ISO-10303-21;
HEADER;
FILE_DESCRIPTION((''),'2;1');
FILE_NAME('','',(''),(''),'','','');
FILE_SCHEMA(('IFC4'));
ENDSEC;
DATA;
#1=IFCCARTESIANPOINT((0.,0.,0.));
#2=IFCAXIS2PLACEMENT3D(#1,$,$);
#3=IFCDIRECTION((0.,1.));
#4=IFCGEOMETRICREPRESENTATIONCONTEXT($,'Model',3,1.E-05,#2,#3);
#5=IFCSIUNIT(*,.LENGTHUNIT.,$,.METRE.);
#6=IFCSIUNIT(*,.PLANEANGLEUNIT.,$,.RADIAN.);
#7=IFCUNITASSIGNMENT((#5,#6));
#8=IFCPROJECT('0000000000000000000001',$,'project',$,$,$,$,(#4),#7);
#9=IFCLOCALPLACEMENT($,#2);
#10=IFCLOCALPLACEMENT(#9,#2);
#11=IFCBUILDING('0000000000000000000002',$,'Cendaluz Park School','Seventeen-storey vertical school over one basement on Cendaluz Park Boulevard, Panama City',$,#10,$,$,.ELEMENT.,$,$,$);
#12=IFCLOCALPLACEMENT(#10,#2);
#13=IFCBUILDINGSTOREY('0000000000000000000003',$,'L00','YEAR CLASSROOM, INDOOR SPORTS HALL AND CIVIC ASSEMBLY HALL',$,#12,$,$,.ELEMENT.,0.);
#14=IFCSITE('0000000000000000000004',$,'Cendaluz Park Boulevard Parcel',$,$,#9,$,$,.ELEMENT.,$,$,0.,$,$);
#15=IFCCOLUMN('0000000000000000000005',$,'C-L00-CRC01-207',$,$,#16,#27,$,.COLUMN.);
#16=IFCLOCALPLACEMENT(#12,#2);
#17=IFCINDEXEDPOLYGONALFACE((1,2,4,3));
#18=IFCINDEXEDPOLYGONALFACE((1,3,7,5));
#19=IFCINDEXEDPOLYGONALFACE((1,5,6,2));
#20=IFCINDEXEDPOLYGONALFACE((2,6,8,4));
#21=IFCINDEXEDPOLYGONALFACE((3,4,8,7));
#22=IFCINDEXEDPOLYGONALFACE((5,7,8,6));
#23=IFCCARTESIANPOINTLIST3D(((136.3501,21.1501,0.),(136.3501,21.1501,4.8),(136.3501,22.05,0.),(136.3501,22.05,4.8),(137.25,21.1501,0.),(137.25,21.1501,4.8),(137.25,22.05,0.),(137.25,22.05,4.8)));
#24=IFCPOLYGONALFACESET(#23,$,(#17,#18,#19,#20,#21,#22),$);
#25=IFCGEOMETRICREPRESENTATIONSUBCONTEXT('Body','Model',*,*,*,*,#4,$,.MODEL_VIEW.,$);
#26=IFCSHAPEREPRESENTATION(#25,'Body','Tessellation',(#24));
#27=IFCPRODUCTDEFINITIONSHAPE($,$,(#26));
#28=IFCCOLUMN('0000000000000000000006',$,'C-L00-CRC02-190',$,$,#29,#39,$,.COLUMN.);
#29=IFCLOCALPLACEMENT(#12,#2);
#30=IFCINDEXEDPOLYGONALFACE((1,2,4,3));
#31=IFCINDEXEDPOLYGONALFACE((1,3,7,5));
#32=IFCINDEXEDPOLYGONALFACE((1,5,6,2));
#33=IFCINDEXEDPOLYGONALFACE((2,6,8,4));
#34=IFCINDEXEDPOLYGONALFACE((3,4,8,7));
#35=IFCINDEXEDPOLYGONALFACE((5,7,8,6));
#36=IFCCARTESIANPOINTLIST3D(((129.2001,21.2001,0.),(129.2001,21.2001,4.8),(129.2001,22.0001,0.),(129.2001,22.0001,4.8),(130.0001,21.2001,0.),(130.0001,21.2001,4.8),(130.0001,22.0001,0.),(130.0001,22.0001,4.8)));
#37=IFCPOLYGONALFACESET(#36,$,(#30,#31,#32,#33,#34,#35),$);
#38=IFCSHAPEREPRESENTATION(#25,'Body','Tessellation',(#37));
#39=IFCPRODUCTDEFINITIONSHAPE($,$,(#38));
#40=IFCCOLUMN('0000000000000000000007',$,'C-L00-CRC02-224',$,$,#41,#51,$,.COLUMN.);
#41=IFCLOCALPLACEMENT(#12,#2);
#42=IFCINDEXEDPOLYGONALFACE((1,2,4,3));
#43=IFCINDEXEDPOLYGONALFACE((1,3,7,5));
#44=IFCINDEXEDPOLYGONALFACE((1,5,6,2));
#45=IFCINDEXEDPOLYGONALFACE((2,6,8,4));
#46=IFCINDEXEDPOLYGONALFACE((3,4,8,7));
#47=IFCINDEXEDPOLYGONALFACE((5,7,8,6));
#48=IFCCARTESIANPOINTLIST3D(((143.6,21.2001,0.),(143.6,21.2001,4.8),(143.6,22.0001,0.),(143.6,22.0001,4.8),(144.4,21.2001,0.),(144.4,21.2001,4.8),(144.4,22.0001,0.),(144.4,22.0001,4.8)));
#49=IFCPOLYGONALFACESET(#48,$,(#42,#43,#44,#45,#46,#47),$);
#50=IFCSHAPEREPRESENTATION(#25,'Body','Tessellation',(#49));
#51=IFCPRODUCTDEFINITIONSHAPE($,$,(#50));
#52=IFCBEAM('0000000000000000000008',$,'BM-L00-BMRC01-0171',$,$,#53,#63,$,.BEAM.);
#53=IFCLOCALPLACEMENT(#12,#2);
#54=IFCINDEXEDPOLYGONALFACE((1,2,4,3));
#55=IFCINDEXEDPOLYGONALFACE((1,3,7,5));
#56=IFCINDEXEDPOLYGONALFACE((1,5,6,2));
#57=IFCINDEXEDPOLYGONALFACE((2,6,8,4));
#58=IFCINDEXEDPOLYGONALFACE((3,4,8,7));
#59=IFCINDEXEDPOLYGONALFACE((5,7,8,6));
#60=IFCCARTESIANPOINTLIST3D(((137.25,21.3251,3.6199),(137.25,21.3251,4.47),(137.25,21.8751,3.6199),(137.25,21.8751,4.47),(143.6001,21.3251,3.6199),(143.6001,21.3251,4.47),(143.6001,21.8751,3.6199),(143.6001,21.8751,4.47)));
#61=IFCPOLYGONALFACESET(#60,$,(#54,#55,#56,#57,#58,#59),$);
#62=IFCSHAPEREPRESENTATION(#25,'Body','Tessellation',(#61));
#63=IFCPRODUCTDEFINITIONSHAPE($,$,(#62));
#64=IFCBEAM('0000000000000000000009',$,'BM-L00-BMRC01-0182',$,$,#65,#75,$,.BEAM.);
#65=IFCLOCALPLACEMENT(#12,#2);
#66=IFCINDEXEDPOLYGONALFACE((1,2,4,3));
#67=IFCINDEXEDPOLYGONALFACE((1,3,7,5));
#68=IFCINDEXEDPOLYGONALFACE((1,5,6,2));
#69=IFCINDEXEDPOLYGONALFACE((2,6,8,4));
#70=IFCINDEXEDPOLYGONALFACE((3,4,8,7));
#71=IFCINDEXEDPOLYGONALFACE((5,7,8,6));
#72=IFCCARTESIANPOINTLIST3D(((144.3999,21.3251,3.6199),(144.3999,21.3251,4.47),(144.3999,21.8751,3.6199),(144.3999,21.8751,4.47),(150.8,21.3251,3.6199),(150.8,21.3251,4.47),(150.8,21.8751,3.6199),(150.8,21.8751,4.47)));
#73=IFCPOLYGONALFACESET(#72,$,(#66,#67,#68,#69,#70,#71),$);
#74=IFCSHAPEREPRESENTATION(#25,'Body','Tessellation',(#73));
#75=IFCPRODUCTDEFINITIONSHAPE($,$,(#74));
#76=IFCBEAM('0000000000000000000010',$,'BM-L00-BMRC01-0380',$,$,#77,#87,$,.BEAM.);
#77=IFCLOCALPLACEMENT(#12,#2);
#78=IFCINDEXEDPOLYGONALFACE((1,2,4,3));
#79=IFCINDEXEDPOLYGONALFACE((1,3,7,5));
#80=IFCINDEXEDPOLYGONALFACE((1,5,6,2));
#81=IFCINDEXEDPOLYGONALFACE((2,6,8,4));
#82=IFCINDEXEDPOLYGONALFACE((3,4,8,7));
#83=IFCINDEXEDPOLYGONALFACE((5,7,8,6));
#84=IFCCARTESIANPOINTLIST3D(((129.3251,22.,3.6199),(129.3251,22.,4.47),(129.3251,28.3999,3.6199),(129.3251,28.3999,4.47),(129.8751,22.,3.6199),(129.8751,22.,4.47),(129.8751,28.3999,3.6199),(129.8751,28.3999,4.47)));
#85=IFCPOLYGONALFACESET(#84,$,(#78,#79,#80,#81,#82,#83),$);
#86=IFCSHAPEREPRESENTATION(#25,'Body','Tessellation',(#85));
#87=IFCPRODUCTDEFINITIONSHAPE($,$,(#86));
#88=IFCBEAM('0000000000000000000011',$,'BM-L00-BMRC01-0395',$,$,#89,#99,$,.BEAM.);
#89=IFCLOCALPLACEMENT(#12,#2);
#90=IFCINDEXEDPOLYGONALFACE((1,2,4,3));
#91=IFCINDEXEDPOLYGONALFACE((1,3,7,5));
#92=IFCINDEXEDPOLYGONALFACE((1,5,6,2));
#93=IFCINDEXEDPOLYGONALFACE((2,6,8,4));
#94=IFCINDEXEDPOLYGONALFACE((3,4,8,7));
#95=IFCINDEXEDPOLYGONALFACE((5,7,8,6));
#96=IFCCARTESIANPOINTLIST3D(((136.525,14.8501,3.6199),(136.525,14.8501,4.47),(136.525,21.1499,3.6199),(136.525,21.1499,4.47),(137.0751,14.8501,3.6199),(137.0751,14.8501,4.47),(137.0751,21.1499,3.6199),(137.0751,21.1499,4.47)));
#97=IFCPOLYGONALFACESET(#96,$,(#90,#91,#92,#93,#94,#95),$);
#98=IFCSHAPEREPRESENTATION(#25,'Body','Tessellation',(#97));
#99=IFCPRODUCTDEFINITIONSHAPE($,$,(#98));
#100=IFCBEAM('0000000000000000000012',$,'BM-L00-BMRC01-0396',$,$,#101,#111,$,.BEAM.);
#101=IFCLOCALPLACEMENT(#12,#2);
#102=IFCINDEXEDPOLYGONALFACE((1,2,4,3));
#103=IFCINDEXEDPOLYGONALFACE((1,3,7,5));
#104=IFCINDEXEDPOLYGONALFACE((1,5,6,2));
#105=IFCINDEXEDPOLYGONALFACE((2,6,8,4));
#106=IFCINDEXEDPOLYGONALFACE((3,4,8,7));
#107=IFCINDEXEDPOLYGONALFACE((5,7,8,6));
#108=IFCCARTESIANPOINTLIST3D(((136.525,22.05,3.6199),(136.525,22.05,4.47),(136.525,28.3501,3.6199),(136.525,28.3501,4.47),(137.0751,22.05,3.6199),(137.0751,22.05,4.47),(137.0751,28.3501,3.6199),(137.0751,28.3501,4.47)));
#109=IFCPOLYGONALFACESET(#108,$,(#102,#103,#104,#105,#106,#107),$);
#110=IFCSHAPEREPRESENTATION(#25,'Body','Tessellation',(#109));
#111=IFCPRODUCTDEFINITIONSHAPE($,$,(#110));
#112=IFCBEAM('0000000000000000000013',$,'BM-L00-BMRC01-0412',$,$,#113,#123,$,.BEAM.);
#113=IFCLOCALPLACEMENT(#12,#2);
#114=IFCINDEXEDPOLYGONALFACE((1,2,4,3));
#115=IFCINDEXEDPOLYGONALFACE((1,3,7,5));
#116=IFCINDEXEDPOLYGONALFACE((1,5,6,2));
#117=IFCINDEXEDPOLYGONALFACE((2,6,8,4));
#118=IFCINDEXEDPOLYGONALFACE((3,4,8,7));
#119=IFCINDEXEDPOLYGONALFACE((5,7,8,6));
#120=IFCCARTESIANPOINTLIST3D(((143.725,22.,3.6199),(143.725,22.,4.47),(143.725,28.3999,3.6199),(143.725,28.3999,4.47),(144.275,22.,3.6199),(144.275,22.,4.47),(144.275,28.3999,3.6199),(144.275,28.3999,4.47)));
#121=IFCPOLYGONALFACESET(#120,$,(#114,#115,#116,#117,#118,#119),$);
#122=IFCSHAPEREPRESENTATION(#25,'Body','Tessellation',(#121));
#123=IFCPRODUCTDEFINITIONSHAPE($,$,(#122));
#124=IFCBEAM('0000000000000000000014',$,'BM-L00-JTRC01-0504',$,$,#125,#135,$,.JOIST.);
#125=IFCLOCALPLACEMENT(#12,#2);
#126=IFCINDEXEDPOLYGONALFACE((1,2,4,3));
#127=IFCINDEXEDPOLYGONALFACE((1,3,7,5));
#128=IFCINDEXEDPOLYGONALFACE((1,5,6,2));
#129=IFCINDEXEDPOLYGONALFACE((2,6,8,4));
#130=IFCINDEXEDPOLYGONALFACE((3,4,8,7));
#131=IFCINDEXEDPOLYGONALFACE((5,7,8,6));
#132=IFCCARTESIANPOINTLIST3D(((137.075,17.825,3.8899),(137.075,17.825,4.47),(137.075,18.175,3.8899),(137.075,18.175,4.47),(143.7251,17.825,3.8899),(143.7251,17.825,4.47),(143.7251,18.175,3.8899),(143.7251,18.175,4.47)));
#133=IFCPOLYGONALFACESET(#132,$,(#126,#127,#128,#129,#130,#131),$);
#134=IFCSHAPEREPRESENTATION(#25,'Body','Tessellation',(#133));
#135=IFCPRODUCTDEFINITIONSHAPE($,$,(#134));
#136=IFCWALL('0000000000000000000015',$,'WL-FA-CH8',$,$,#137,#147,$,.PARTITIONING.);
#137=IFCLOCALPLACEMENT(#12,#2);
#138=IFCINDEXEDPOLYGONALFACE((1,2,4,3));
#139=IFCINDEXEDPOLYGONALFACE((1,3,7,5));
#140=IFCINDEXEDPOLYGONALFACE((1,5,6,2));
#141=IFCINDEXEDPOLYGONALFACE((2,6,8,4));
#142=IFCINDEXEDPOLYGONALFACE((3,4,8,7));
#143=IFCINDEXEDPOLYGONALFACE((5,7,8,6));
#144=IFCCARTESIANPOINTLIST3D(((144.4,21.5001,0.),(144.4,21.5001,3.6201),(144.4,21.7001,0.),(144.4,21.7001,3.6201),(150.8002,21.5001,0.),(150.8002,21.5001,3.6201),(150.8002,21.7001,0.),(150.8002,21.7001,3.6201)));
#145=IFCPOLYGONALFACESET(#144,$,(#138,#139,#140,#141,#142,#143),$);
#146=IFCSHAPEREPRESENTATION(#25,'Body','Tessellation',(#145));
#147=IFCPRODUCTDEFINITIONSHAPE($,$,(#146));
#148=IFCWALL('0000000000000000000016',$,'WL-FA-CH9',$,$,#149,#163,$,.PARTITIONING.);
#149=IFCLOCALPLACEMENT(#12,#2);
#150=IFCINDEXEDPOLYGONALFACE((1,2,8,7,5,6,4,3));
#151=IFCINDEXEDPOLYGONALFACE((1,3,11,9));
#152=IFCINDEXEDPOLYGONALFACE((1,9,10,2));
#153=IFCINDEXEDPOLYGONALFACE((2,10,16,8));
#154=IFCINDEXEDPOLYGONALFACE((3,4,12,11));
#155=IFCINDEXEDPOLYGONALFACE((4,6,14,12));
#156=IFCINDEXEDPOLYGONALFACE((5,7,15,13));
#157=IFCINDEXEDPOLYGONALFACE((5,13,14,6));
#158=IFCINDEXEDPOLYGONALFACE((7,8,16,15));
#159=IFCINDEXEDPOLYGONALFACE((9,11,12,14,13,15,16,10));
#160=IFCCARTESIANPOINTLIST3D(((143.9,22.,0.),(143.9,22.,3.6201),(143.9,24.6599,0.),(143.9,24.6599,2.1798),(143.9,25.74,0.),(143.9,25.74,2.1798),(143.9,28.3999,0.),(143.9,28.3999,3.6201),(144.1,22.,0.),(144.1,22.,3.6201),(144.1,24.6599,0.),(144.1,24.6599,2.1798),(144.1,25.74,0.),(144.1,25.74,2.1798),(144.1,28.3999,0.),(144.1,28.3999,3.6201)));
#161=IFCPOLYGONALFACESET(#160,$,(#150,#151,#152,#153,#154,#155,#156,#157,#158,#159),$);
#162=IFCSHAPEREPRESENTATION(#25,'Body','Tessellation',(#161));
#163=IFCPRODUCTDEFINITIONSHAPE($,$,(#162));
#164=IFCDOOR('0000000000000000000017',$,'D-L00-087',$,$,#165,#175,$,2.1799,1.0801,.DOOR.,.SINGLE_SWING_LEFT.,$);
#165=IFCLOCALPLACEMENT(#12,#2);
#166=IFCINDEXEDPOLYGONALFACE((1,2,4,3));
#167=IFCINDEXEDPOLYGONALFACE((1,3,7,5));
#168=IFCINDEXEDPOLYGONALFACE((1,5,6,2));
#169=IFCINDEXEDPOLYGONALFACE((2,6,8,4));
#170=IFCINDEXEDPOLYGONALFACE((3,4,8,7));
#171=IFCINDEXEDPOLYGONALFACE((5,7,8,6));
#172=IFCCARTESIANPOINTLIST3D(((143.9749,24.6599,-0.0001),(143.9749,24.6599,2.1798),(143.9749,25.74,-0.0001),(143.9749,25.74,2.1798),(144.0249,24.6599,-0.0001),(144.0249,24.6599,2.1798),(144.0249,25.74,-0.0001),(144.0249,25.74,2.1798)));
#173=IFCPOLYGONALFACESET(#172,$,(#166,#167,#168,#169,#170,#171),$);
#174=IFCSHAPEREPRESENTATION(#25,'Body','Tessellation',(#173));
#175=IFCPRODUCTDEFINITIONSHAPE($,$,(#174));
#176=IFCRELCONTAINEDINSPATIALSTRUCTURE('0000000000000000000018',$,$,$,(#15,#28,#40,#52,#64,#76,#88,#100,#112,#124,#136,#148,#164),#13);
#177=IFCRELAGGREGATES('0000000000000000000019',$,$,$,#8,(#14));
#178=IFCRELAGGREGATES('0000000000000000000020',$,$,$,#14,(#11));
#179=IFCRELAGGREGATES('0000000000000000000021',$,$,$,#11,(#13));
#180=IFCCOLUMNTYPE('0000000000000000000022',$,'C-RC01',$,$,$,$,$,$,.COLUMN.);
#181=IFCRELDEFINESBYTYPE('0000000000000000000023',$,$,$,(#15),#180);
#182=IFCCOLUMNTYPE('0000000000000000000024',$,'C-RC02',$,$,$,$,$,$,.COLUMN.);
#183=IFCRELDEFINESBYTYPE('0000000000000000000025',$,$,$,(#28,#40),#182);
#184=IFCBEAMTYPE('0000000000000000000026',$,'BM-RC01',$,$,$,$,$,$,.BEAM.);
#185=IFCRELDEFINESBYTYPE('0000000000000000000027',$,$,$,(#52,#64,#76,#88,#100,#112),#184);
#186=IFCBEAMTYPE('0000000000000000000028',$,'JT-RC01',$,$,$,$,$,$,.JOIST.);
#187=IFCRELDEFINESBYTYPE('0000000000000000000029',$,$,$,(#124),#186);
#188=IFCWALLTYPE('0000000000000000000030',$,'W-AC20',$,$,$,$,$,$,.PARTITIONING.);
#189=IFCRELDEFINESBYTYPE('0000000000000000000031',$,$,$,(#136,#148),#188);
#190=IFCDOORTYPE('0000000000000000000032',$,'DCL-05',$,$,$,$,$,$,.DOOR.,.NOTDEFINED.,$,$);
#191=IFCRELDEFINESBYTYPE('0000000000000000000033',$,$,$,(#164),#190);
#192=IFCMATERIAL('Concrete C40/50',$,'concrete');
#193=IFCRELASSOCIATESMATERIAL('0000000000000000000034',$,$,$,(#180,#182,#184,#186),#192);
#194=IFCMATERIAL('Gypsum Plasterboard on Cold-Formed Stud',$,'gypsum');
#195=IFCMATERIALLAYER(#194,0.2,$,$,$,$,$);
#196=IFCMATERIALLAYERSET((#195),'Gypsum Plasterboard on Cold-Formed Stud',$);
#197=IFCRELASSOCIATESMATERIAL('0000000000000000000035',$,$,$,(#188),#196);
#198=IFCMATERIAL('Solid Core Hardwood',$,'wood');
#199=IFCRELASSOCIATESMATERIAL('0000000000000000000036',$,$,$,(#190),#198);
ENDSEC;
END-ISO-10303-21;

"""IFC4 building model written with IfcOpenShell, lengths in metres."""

from ifc_helpers import new_model, si_unit, direction, frame, frame_2d, origin, origin_2d, place, context, subcontext, project, spatial, rectangle, extrude, material, layer, layer_set, material_profile, profile_set, type_object, element, fill, save


model = new_model("IFC4")

# Units and contexts
model_context = context("Model", 3, precision=1e-05, world=origin(), true_north=direction((0.0, 1.0)))
body_context = subcontext(model_context, "Body", "Model", "MODEL_VIEW")
ifc_project = project(units=[si_unit("LENGTHUNIT", "METRE"), si_unit("PLANEANGLEUNIT", "RADIAN")], contexts=[model_context])

# Site, building, storey
site_placement = place(None, origin())
site = spatial("IfcSite", under=ifc_project, at=site_placement, Name="Cendaluz Park Boulevard Parcel", CompositionType="ELEMENT", RefElevation=0.0)
building_placement = place(site_placement, origin())
building = spatial("IfcBuilding", under=site, at=building_placement, Name="Cendaluz Park School", Description="Seventeen-storey vertical school over one basement on Cendaluz Park Boulevard, Panama City", CompositionType="ELEMENT")
storey_placement = place(building_placement, origin())
storey = spatial("IfcBuildingStorey", under=building, at=storey_placement, Name="L00", Description="YEAR CLASSROOM, INDOOR SPORTS HALL AND CIVIC ASSEMBLY HALL", CompositionType="ELEMENT", Elevation=0.0)

# Columns
ifc_material_1 = material(Name="Concrete C40/50", Category="concrete")
ifc_material_profile_1 = material_profile(ifc_material_1, rectangle(XDim=0.8999, YDim=0.8999, at=origin_2d()), Name="RC 900x900", Category="concrete")
ifc_profile_set_1 = profile_set([ifc_material_profile_1], Name="Concrete C40/50")
column_type_1 = type_object("IfcColumnType", Name="C-RC01", PredefinedType="COLUMN", material=ifc_profile_set_1)
column_placement = place(storey_placement, frame((136.8, 21.6001, 0.0), z_axis=(0.0, 0.0, 1.0), x_axis=(1.0, 0.0, 0.0)))
element("IfcColumn", 1, at=column_placement, inside=storey, type_object=column_type_1, Name="C-L00-CRC01-207", PredefinedType="COLUMN", context=body_context, shape_type="SweptSolid", body=[
    extrude(rectangle(XDim=0.8999, YDim=0.8999, at=origin_2d()), origin(), (0.0, 0.0, 1.0), 4.8),
])
ifc_material_profile_2 = material_profile(ifc_material_1, rectangle(XDim=0.8, YDim=0.8, at=origin_2d()), Name="RC 800x800", Category="concrete")
ifc_profile_set_2 = profile_set([ifc_material_profile_2], Name="Concrete C40/50")
column_type_2 = type_object("IfcColumnType", Name="C-RC02", PredefinedType="COLUMN", material=ifc_profile_set_2)
for number, where, z_axis, x_axis, name in (
    (2, (129.6001, 21.6001, 0.0), (0.0, 0.0, 1.0), (1.0, 0.0, 0.0), "C-L00-CRC02-190"),
    (3, (144.0, 21.6001, 0.0), (0.0, 0.0, 1.0), (1.0, 0.0, 0.0), "C-L00-CRC02-224"),
):
    element("IfcColumn", number, at=place(storey_placement, frame(where, z_axis=z_axis, x_axis=x_axis)), inside=storey, type_object=column_type_2, Name=name, PredefinedType="COLUMN", context=body_context, shape_type="SweptSolid", body=[
        extrude(rectangle(XDim=0.8, YDim=0.8, at=origin_2d()), origin(), (0.0, 0.0, 1.0), 4.8),
    ])

# Beams
ifc_material_profile_3 = material_profile(ifc_material_1, rectangle(XDim=0.55, YDim=0.8501, at=origin_2d()), Name="RC 550x850", Category="concrete")
ifc_profile_set_3 = profile_set([ifc_material_profile_3], Name="Concrete C40/50")
beam_type_1 = type_object("IfcBeamType", Name="BM-RC01", PredefinedType="BEAM", material=ifc_profile_set_3)
beam_1_placement = place(storey_placement, frame((137.25, 21.6001, 4.0449), z_axis=(1.0, 0.0, 0.0), x_axis=(0.0, 1.0, 0.0)))
element("IfcBeam", 4, at=beam_1_placement, inside=storey, type_object=beam_type_1, Name="BM-L00-BMRC01-0171", PredefinedType="BEAM", context=body_context, shape_type="SweptSolid", body=[
    extrude(rectangle(XDim=0.55, YDim=0.8501, at=origin_2d()), origin(), (0.0, 0.0, 1.0), 6.3501),
])
beam_2_placement = place(storey_placement, frame((144.3999, 21.6001, 4.0449), z_axis=(1.0, 0.0, 0.0), x_axis=(0.0, 1.0, 0.0)))
element("IfcBeam", 5, at=beam_2_placement, inside=storey, type_object=beam_type_1, Name="BM-L00-BMRC01-0182", PredefinedType="BEAM", context=body_context, shape_type="SweptSolid", body=[
    extrude(rectangle(XDim=0.55, YDim=0.8501, at=origin_2d()), origin(), (0.0, 0.0, 1.0), 6.4001),
])
beam_3_placement = place(storey_placement, frame((129.6001, 22.0, 4.0449), z_axis=(0.0, 1.0, 0.0), x_axis=(-1.0, 0.0, 0.0)))
element("IfcBeam", 6, at=beam_3_placement, inside=storey, type_object=beam_type_1, Name="BM-L00-BMRC01-0380", PredefinedType="BEAM", context=body_context, shape_type="SweptSolid", body=[
    extrude(rectangle(XDim=0.55, YDim=0.8501, at=origin_2d()), origin(), (0.0, 0.0, 1.0), 6.3999),
])
beam_4_placement = place(storey_placement, frame((136.8, 14.8501, 4.0449), z_axis=(0.0, 1.0, 0.0), x_axis=(-1.0, 0.0, 0.0)))
element("IfcBeam", 7, at=beam_4_placement, inside=storey, type_object=beam_type_1, Name="BM-L00-BMRC01-0395", PredefinedType="BEAM", context=body_context, shape_type="SweptSolid", body=[
    extrude(rectangle(XDim=0.55, YDim=0.8501, at=origin_2d()), origin(), (0.0, 0.0, 1.0), 6.2998),
])
beam_5_placement = place(storey_placement, frame((136.8, 22.05, 4.0449), z_axis=(0.0, 1.0, 0.0), x_axis=(-1.0, 0.0, 0.0)))
element("IfcBeam", 8, at=beam_5_placement, inside=storey, type_object=beam_type_1, Name="BM-L00-BMRC01-0396", PredefinedType="BEAM", context=body_context, shape_type="SweptSolid", body=[
    extrude(rectangle(XDim=0.55, YDim=0.8501, at=origin_2d()), origin(), (0.0, 0.0, 1.0), 6.3),
])
beam_6_placement = place(storey_placement, frame((144.0, 22.0, 4.0449), z_axis=(0.0, 1.0, 0.0), x_axis=(-1.0, 0.0, 0.0)))
element("IfcBeam", 9, at=beam_6_placement, inside=storey, type_object=beam_type_1, Name="BM-L00-BMRC01-0412", PredefinedType="BEAM", context=body_context, shape_type="SweptSolid", body=[
    extrude(rectangle(XDim=0.55, YDim=0.8501, at=origin_2d()), origin(), (0.0, 0.0, 1.0), 6.3999),
])
ifc_material_profile_4 = material_profile(ifc_material_1, rectangle(XDim=0.3501, YDim=0.5801, at=origin_2d()), Name="RC 350x580", Category="concrete")
ifc_profile_set_4 = profile_set([ifc_material_profile_4], Name="Concrete C40/50")
beam_type_2 = type_object("IfcBeamType", Name="JT-RC01", PredefinedType="JOIST", material=ifc_profile_set_4)
beam_7_placement = place(storey_placement, frame((137.075, 18.0, 4.1799), z_axis=(1.0, 0.0, 0.0), x_axis=(0.0, 1.0, 0.0)))
element("IfcBeam", 10, at=beam_7_placement, inside=storey, type_object=beam_type_2, Name="BM-L00-JTRC01-0504", PredefinedType="JOIST", context=body_context, shape_type="SweptSolid", body=[
    extrude(rectangle(XDim=0.3501, YDim=0.5801, at=origin_2d()), origin(), (0.0, 0.0, 1.0), 6.6501),
])

# Wall
ifc_material_2 = material(Name="Gypsum Plasterboard on Cold-Formed Stud", Category="gypsum")
ifc_layer_1 = layer(ifc_material_2, 0.2)
ifc_layer_set_1 = layer_set([ifc_layer_1], Name="Gypsum Plasterboard on Cold-Formed Stud")
wall_type_1 = type_object("IfcWallType", Name="W-AC20", PredefinedType="PARTITIONING", material=ifc_layer_set_1)
wall_1_placement = place(storey_placement, frame((144.3999, 21.6001, 0.0), z_axis=(0.0, 0.0, 1.0), x_axis=(1.0, 0.0, 0.0)))
element("IfcWall", 11, at=wall_1_placement, inside=storey, type_object=wall_type_1, Name="WL-FA-CH8", PredefinedType="PARTITIONING", context=body_context, shape_type="SweptSolid", body=[
    extrude(rectangle(XDim=6.4001, YDim=0.2, at=frame_2d((3.2002, 0.0))), origin(), (0.0, 0.0, 1.0), 3.6201),
])

# Wall, opening, door
wall_2_placement = place(storey_placement, frame((144.0, 22.0, 0.0), z_axis=(0.0, 0.0, 1.0), x_axis=(0.0, 1.0, 0.0)))
wall_2 = element("IfcWall", 12, at=wall_2_placement, inside=storey, type_object=wall_type_1, Name="WL-FA-CH9", PredefinedType="PARTITIONING", context=body_context, shape_type="SweptSolid", body=[
    extrude(rectangle(XDim=6.3999, YDim=0.2, at=frame_2d((3.2, 0.0))), origin(), (0.0, 0.0, 1.0), 3.6201),
])
opening_1_placement = place(wall_2_placement, frame((2.6599, 0.0, 0.0)))
opening_1 = element("IfcOpeningElement", 13, at=opening_1_placement, cuts=wall_2, PredefinedType="OPENING", context=body_context, shape_type="SweptSolid", body=[
    extrude(rectangle(XDim=1.0801, YDim=2.1799, at=frame_2d((0.54, 1.0898))), frame((0.0, 0.1121, 0.0), z_axis=(0.0, -1.0, 0.0), x_axis=(1.0, 0.0, 0.0)), (0.0, 0.0, 1.0), 0.2239),
])
ifc_material_3 = material(Name="Solid Core Hardwood", Category="wood")
door_type_1 = type_object("IfcDoorType", Name="DCL-05", OperationType="NOTDEFINED", PredefinedType="DOOR", material=ifc_material_3)
door_1_placement = place(opening_1_placement, frame((1.0801, 0.0, 0.0), z_axis=(0.0, 0.0, 1.0), x_axis=(-1.0, 0.0, 0.0)))
door_1 = element("IfcDoor", 14, at=door_1_placement, inside=storey, type_object=door_type_1, Name="D-L00-087", OperationType="SINGLE_SWING_LEFT", OverallHeight=2.1799, OverallWidth=1.0801, PredefinedType="DOOR", context=body_context, shape_type="SweptSolid", body=[
    extrude(rectangle(XDim=1.0801, YDim=2.1799, at=frame_2d((0.54, 1.0898))), frame((0.0, 0.0249, 0.0), z_axis=(0.0, -1.0, 0.0), x_axis=(1.0, 0.0, 0.0)), (0.0, 0.0, 1.0), 0.05),
])
fill(opening_1, door_1)

save(model, "model.ifc")
